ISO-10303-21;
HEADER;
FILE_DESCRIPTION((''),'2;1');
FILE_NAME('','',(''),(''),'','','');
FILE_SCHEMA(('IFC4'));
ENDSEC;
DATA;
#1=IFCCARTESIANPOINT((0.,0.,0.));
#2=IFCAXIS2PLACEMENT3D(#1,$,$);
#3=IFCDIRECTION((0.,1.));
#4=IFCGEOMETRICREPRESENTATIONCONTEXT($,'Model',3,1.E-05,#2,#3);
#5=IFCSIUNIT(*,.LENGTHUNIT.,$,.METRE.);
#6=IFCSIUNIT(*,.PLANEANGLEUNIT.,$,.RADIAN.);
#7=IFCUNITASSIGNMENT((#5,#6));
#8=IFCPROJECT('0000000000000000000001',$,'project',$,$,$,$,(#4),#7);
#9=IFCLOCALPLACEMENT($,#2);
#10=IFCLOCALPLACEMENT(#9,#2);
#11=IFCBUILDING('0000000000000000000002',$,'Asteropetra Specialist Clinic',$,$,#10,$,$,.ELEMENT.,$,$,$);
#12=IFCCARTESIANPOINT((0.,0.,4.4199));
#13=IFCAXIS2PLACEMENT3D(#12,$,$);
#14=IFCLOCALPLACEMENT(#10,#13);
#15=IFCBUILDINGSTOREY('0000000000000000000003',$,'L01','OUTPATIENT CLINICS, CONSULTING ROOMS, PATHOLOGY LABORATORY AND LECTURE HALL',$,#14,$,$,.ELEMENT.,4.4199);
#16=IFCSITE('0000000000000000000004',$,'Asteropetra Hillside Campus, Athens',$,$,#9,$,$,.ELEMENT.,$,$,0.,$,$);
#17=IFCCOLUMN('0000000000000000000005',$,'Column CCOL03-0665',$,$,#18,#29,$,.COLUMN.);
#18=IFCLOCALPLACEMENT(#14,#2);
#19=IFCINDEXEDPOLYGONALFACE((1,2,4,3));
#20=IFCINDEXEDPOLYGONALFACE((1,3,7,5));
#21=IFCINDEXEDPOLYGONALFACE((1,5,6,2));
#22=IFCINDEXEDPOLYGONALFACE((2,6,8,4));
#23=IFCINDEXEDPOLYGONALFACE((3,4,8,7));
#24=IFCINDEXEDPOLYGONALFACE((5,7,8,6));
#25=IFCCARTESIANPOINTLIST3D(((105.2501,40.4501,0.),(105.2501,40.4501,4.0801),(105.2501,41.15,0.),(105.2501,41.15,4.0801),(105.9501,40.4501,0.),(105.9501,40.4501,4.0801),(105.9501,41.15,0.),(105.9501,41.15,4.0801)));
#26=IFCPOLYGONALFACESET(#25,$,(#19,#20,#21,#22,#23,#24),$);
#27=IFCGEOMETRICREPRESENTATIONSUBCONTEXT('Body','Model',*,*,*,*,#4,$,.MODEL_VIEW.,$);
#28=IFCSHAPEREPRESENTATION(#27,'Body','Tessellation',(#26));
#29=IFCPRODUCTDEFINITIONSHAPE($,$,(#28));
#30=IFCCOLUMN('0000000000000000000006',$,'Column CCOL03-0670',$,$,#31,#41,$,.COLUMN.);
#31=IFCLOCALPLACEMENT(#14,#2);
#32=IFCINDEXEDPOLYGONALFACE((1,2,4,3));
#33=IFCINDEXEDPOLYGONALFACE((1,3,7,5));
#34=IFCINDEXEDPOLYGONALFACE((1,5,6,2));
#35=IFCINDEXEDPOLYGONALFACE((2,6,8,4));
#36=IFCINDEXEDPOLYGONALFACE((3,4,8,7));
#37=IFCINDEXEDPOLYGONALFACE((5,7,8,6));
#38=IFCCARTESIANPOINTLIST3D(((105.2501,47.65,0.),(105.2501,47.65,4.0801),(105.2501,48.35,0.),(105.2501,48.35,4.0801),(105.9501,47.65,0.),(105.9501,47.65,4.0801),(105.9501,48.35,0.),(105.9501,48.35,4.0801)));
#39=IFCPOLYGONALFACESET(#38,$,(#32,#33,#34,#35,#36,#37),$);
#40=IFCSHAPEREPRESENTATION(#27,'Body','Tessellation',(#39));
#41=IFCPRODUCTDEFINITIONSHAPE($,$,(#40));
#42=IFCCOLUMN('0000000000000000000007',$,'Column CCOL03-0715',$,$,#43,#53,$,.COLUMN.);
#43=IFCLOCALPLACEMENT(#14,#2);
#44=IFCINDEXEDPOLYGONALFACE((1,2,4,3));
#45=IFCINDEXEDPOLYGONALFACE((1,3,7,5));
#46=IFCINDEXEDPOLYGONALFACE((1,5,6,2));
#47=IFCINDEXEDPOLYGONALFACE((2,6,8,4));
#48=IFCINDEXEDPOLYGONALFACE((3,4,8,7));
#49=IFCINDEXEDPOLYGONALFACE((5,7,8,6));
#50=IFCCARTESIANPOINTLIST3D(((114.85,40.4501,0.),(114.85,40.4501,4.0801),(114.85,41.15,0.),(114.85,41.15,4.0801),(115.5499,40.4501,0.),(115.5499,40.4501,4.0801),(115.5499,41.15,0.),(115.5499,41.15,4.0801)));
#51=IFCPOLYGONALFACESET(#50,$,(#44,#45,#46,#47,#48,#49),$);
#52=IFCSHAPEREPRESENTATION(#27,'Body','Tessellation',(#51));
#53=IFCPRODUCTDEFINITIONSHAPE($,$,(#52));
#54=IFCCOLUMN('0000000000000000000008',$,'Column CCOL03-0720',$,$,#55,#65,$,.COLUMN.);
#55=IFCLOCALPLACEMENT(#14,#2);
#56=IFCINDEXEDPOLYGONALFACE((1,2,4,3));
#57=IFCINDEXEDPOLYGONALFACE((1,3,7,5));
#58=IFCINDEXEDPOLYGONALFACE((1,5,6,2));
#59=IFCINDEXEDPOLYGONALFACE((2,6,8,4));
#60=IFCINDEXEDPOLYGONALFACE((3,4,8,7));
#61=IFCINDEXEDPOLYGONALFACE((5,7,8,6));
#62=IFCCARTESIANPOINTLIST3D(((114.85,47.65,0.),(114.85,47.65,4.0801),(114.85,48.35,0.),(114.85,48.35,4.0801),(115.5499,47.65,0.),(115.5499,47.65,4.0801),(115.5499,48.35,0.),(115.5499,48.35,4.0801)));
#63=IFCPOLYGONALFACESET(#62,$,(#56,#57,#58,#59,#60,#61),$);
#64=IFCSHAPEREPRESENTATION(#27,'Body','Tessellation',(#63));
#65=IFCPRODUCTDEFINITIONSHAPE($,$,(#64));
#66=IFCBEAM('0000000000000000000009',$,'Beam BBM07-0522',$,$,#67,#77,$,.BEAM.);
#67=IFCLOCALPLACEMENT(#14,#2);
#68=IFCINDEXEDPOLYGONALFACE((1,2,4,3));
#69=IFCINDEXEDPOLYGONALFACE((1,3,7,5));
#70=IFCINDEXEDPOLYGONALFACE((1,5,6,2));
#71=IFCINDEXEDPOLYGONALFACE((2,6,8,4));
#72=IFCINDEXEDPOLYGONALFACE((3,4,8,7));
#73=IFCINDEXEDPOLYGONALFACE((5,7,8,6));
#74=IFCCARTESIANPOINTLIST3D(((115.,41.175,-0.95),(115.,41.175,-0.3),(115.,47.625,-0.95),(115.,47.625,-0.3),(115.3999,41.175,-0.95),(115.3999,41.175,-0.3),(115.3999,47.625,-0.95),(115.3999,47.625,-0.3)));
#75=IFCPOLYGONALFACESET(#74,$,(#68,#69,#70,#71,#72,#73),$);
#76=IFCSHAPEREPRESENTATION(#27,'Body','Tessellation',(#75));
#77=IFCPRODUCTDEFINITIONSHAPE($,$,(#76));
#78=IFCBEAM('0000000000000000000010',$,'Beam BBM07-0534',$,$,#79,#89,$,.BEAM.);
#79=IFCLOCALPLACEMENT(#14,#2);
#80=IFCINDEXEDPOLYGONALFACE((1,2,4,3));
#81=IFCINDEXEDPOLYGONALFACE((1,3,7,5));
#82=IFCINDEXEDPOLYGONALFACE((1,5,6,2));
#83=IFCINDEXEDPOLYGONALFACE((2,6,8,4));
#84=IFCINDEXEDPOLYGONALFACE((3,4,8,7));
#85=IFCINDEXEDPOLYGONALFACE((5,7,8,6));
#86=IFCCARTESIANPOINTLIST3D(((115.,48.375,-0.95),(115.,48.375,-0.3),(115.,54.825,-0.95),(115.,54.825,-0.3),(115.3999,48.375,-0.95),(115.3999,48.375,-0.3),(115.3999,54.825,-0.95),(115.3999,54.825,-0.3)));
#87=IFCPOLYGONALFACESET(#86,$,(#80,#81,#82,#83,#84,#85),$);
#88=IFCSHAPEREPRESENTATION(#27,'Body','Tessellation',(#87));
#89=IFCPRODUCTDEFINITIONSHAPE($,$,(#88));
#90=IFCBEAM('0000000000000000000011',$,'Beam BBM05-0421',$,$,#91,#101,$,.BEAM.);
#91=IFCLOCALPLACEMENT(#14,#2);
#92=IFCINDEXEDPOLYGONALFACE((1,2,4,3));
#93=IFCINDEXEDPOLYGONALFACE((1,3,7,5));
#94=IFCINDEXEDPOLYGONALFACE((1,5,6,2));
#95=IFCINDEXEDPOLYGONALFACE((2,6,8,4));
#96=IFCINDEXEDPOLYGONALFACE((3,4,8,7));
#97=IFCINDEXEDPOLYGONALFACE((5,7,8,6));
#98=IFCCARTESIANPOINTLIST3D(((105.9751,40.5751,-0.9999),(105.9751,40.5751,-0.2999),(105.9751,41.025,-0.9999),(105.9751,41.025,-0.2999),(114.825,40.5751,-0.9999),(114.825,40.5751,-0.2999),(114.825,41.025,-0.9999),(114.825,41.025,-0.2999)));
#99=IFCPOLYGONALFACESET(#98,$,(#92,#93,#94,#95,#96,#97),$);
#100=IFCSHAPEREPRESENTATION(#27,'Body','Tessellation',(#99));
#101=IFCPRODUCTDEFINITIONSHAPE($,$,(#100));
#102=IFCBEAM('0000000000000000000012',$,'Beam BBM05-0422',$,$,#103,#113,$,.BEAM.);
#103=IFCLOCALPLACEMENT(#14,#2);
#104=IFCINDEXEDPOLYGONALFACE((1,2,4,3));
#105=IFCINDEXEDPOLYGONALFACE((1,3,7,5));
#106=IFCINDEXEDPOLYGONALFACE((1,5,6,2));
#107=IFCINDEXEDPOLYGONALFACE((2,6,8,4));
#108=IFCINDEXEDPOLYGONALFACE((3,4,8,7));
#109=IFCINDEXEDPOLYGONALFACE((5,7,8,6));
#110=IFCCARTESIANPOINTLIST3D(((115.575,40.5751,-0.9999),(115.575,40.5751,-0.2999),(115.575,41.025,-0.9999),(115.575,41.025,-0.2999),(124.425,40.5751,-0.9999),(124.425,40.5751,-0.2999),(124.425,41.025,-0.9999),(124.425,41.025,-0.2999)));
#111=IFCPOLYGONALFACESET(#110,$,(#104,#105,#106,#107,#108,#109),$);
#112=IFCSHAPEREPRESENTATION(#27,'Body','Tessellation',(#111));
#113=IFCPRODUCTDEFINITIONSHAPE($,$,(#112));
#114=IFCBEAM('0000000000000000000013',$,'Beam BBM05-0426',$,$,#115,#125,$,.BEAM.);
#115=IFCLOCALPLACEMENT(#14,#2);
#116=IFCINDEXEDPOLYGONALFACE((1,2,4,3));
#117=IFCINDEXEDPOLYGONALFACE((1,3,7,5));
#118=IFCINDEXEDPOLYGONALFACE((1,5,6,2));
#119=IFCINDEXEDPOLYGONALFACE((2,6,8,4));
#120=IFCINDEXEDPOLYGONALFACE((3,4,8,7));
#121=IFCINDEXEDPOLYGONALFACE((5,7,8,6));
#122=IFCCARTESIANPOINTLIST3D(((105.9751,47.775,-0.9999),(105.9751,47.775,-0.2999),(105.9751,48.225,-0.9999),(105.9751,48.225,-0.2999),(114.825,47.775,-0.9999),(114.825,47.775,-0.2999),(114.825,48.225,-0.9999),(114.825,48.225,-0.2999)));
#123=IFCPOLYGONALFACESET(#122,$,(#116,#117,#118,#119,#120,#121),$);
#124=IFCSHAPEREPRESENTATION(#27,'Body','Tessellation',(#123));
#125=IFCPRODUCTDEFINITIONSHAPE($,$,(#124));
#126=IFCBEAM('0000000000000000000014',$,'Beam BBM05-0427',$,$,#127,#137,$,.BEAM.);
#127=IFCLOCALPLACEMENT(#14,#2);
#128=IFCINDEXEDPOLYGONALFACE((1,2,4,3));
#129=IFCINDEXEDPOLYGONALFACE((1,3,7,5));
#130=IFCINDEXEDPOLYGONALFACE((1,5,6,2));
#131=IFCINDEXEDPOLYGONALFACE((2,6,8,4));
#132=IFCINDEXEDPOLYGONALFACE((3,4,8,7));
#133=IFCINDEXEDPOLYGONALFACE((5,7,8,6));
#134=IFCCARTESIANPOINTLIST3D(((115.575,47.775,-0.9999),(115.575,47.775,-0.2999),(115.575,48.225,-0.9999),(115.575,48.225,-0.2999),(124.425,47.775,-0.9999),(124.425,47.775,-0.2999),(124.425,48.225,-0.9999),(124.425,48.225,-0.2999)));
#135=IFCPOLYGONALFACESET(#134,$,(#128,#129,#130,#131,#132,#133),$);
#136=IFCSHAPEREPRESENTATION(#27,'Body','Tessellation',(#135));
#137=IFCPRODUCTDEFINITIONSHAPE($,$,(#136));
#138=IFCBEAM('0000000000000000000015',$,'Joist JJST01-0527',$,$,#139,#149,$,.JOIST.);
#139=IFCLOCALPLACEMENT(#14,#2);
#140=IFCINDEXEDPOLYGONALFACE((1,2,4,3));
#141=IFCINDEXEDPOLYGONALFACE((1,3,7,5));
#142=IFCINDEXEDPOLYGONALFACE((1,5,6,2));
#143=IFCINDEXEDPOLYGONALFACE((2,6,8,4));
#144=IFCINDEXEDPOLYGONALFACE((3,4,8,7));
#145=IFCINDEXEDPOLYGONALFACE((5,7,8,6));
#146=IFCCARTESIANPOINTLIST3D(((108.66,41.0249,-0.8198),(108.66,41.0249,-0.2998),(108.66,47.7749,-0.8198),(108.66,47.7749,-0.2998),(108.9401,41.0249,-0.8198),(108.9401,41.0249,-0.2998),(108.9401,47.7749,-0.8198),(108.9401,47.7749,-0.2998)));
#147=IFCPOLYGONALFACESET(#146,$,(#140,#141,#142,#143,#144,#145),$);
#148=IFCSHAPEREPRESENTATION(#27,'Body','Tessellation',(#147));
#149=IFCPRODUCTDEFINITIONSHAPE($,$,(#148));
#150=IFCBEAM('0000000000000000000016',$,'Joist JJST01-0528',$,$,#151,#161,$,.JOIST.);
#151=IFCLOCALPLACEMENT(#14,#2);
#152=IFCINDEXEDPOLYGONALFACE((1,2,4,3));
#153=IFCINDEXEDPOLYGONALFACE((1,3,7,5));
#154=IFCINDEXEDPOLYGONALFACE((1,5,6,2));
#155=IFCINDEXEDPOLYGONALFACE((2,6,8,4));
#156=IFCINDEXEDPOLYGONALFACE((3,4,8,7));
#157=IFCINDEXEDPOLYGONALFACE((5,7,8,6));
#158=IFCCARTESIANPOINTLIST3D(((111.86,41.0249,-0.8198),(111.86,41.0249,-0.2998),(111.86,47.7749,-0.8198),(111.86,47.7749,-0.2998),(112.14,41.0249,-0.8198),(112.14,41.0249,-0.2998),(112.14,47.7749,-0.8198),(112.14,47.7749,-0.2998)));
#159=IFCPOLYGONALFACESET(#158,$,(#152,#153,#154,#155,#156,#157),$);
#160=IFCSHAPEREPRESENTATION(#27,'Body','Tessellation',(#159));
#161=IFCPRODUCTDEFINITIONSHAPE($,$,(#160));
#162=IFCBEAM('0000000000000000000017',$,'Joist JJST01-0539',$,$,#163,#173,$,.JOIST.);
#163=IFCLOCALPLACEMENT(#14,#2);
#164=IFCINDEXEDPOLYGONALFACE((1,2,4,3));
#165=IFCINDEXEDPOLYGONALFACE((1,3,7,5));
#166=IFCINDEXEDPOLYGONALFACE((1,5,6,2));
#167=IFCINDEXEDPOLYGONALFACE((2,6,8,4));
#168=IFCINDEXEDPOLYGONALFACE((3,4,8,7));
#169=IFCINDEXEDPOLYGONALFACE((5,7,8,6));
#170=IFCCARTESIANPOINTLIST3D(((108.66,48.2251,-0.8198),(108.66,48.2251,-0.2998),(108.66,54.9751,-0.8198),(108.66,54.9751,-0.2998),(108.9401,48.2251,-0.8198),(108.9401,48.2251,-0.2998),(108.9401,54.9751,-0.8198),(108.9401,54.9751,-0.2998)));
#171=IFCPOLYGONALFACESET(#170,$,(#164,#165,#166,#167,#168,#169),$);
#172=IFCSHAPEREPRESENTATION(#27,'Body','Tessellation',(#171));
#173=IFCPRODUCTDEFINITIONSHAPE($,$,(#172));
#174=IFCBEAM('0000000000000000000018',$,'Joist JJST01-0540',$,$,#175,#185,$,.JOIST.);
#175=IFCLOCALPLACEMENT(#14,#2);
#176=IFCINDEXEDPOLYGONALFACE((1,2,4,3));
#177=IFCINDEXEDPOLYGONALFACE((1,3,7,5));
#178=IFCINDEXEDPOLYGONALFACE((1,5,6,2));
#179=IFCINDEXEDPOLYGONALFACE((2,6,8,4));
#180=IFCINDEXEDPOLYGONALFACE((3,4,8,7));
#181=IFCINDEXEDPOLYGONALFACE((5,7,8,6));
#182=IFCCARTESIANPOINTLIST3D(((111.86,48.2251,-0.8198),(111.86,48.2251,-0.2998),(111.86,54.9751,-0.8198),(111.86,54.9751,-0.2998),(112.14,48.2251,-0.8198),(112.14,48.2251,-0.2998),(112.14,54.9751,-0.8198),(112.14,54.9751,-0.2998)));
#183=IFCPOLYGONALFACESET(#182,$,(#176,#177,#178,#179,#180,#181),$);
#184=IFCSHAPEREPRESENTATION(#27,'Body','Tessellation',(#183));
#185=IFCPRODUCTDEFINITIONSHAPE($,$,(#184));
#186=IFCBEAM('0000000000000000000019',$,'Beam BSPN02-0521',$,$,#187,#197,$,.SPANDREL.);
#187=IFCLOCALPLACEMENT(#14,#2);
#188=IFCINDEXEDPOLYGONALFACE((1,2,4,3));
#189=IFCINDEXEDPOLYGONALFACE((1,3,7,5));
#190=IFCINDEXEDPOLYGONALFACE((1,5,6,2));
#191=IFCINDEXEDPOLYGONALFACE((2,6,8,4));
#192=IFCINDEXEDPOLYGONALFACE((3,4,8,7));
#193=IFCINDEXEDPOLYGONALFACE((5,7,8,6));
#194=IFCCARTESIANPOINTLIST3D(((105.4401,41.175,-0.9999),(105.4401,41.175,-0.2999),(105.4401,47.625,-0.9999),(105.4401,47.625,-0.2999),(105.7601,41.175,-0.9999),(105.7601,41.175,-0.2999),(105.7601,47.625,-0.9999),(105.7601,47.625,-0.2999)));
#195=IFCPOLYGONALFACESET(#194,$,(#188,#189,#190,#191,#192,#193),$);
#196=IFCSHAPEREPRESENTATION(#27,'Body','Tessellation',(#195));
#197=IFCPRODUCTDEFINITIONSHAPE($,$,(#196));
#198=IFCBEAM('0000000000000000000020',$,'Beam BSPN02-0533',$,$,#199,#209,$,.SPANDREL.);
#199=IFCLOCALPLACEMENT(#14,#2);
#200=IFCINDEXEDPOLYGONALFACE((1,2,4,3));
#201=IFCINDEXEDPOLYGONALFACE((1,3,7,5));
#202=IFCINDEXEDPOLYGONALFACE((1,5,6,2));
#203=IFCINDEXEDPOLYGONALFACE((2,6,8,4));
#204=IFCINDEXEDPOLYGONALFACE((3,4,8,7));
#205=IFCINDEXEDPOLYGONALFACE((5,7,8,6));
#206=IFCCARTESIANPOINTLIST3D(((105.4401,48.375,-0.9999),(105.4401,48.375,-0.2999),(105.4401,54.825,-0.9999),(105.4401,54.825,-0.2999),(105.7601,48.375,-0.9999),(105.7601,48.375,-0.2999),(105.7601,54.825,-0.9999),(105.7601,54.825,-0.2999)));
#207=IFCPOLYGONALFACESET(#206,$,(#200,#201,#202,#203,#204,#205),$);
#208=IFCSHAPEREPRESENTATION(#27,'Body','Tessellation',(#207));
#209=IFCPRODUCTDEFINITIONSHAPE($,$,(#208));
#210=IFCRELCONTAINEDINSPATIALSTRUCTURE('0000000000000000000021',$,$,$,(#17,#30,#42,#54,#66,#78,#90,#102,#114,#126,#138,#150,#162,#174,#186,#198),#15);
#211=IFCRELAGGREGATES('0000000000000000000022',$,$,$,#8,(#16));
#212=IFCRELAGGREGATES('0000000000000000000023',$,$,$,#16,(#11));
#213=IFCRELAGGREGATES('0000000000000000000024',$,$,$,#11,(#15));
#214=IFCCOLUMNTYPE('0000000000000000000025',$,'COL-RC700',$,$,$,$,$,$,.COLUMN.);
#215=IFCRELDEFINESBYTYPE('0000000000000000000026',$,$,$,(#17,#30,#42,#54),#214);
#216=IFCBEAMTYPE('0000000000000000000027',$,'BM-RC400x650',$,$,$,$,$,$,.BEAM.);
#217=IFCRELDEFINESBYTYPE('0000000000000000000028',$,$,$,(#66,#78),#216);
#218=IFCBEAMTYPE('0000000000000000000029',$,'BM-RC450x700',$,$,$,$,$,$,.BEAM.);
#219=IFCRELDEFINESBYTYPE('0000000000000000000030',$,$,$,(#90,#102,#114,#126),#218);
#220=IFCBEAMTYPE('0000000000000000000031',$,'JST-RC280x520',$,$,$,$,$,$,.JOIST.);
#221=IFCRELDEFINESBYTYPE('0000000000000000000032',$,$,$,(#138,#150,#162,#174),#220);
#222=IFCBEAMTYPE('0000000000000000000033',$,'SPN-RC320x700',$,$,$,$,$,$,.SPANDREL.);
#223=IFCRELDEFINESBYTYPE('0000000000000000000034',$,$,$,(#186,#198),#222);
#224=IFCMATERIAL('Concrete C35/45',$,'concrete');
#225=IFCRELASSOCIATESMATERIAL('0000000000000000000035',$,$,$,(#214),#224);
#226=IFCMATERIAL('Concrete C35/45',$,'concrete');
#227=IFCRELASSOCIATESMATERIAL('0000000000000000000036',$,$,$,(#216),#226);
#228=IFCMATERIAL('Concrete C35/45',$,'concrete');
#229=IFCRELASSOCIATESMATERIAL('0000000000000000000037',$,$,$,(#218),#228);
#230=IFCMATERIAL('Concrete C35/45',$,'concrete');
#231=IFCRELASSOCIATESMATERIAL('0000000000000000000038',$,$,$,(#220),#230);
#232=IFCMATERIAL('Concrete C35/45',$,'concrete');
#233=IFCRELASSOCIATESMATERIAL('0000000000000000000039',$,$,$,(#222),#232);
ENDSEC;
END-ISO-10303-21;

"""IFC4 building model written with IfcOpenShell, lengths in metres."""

from ifc_helpers import new_model, si_unit, direction, frame, origin, origin_2d, place, context, subcontext, project, spatial, rectangle, extrude, material, material_profile, profile_set, type_object, element, save


model = new_model("IFC4")

# Units and contexts
model_context = context("Model", 3, precision=1e-05, world=origin(), true_north=direction((0.0, 1.0)))
body_context = subcontext(model_context, "Body", "Model", "MODEL_VIEW")
ifc_project = project(units=[si_unit("LENGTHUNIT", "METRE"), si_unit("PLANEANGLEUNIT", "RADIAN")], contexts=[model_context])

# Site, building, storey
site_placement = place(None, origin())
site = spatial("IfcSite", under=ifc_project, at=site_placement, Name="Asteropetra Hillside Campus, Athens", CompositionType="ELEMENT", RefElevation=0.0)
building_placement = place(site_placement, origin())
building = spatial("IfcBuilding", under=site, at=building_placement, Name="Asteropetra Specialist Clinic", CompositionType="ELEMENT")
storey_placement = place(building_placement, frame((0.0, 0.0, 4.4199)))
storey = spatial("IfcBuildingStorey", under=building, at=storey_placement, Name="L01", Description="OUTPATIENT CLINICS, CONSULTING ROOMS, PATHOLOGY LABORATORY AND LECTURE HALL", CompositionType="ELEMENT", Elevation=4.4199)

# Columns
ifc_material_1 = material(Name="Concrete C35/45", Category="concrete")
ifc_material_profile_1 = material_profile(ifc_material_1, rectangle(XDim=0.7, YDim=0.7, at=origin_2d()), Name="RC 700x700")
ifc_profile_set_1 = profile_set([ifc_material_profile_1], Name="Concrete C35/45")
column_type = type_object("IfcColumnType", Name="COL-RC700", PredefinedType="COLUMN", material=ifc_profile_set_1)
for number, where, z_axis, x_axis, name in (
    (1, (105.6001, 40.8, 0.0), (0.0, 0.0, 1.0), (1.0, 0.0, 0.0), "Column CCOL03-0665"),
    (2, (105.6001, 48.0, 0.0), (0.0, 0.0, 1.0), (1.0, 0.0, 0.0), "Column CCOL03-0670"),
    (3, (115.2, 40.8, 0.0), (0.0, 0.0, 1.0), (1.0, 0.0, 0.0), "Column CCOL03-0715"),
    (4, (115.2, 48.0, 0.0), (0.0, 0.0, 1.0), (1.0, 0.0, 0.0), "Column CCOL03-0720"),
):
    element("IfcColumn", number, at=place(storey_placement, frame(where, z_axis=z_axis, x_axis=x_axis)), inside=storey, type_object=column_type, Name=name, PredefinedType="COLUMN", context=body_context, shape_type="SweptSolid", body=[
        extrude(rectangle(XDim=0.7, YDim=0.7, at=origin_2d()), origin(), (0.0, 0.0, 1.0), 4.0801),
    ])

# Beams
ifc_material_2 = material(Name="Concrete C35/45", Category="concrete")
ifc_material_profile_2 = material_profile(ifc_material_2, rectangle(XDim=0.3999, YDim=0.6499, at=origin_2d()), Name="RCB 400x650")
ifc_profile_set_2 = profile_set([ifc_material_profile_2], Name="Concrete C35/45")
beam_type_1 = type_object("IfcBeamType", Name="BM-RC400x650", PredefinedType="BEAM", material=ifc_profile_set_2)
for number, where, z_axis, x_axis, name in (
    (5, (115.2, 41.175, -0.625), (0.0, 1.0, 0.0), (-1.0, 0.0, 0.0), "Beam BBM07-0522"),
    (6, (115.2, 48.375, -0.625), (0.0, 1.0, 0.0), (-1.0, 0.0, 0.0), "Beam BBM07-0534"),
):
    element("IfcBeam", number, at=place(storey_placement, frame(where, z_axis=z_axis, x_axis=x_axis)), inside=storey, type_object=beam_type_1, Name=name, PredefinedType="BEAM", context=body_context, shape_type="SweptSolid", body=[
        extrude(rectangle(XDim=0.3999, YDim=0.6499, at=origin_2d()), origin(), (0.0, 0.0, 1.0), 6.45),
    ])
ifc_material_3 = material(Name="Concrete C35/45", Category="concrete")
ifc_material_profile_3 = material_profile(ifc_material_3, rectangle(XDim=0.45, YDim=0.7, at=origin_2d()), Name="RCB 450x700")
ifc_profile_set_3 = profile_set([ifc_material_profile_3], Name="Concrete C35/45")
beam_type_2 = type_object("IfcBeamType", Name="BM-RC450x700", PredefinedType="BEAM", material=ifc_profile_set_3)
beam_1_placement = place(storey_placement, frame((105.9751, 40.8, -0.6499), z_axis=(1.0, 0.0, 0.0), x_axis=(0.0, 1.0, 0.0)))
element("IfcBeam", 7, at=beam_1_placement, inside=storey, type_object=beam_type_2, Name="Beam BBM05-0421", PredefinedType="BEAM", context=body_context, shape_type="SweptSolid", body=[
    extrude(rectangle(XDim=0.45, YDim=0.7, at=origin_2d()), origin(), (0.0, 0.0, 1.0), 8.8499),
])
beam_2_placement = place(storey_placement, frame((115.575, 40.8, -0.6499), z_axis=(1.0, 0.0, 0.0), x_axis=(0.0, 1.0, 0.0)))
element("IfcBeam", 8, at=beam_2_placement, inside=storey, type_object=beam_type_2, Name="Beam BBM05-0422", PredefinedType="BEAM", context=body_context, shape_type="SweptSolid", body=[
    extrude(rectangle(XDim=0.45, YDim=0.7, at=origin_2d()), origin(), (0.0, 0.0, 1.0), 8.8501),
])
beam_3_placement = place(storey_placement, frame((105.9751, 48.0, -0.6499), z_axis=(1.0, 0.0, 0.0), x_axis=(0.0, 1.0, 0.0)))
element("IfcBeam", 9, at=beam_3_placement, inside=storey, type_object=beam_type_2, Name="Beam BBM05-0426", PredefinedType="BEAM", context=body_context, shape_type="SweptSolid", body=[
    extrude(rectangle(XDim=0.45, YDim=0.7, at=origin_2d()), origin(), (0.0, 0.0, 1.0), 8.8499),
])
beam_4_placement = place(storey_placement, frame((115.575, 48.0, -0.6499), z_axis=(1.0, 0.0, 0.0), x_axis=(0.0, 1.0, 0.0)))
element("IfcBeam", 10, at=beam_4_placement, inside=storey, type_object=beam_type_2, Name="Beam BBM05-0427", PredefinedType="BEAM", context=body_context, shape_type="SweptSolid", body=[
    extrude(rectangle(XDim=0.45, YDim=0.7, at=origin_2d()), origin(), (0.0, 0.0, 1.0), 8.8501),
])
ifc_material_4 = material(Name="Concrete C35/45", Category="concrete")
ifc_material_profile_4 = material_profile(ifc_material_4, rectangle(XDim=0.28, YDim=0.52, at=origin_2d()), Name="RCJ 280x520")
ifc_profile_set_4 = profile_set([ifc_material_profile_4], Name="Concrete C35/45")
beam_type_3 = type_object("IfcBeamType", Name="JST-RC280x520", PredefinedType="JOIST", material=ifc_profile_set_4)
for number, where, z_axis, x_axis, name in (
    (11, (108.8, 41.0249, -0.5598), (0.0, 1.0, 0.0), (-1.0, 0.0, 0.0), "Joist JJST01-0527"),
    (12, (112.0, 41.0249, -0.5598), (0.0, 1.0, 0.0), (-1.0, 0.0, 0.0), "Joist JJST01-0528"),
    (13, (108.8, 48.2251, -0.5598), (0.0, 1.0, 0.0), (-1.0, 0.0, 0.0), "Joist JJST01-0539"),
    (14, (112.0, 48.2251, -0.5598), (0.0, 1.0, 0.0), (-1.0, 0.0, 0.0), "Joist JJST01-0540"),
):
    element("IfcBeam", number, at=place(storey_placement, frame(where, z_axis=z_axis, x_axis=x_axis)), inside=storey, type_object=beam_type_3, Name=name, PredefinedType="JOIST", context=body_context, shape_type="SweptSolid", body=[
        extrude(rectangle(XDim=0.28, YDim=0.52, at=origin_2d()), origin(), (0.0, 0.0, 1.0), 6.75),
    ])
ifc_material_5 = material(Name="Concrete C35/45", Category="concrete")
ifc_material_profile_5 = material_profile(ifc_material_5, rectangle(XDim=0.3201, YDim=0.7, at=origin_2d()), Name="RCS 320x700")
ifc_profile_set_5 = profile_set([ifc_material_profile_5], Name="Concrete C35/45")
beam_type_4 = type_object("IfcBeamType", Name="SPN-RC320x700", PredefinedType="SPANDREL", material=ifc_profile_set_5)
for number, where, z_axis, x_axis, name in (
    (15, (105.6001, 41.175, -0.6499), (0.0, 1.0, 0.0), (-1.0, 0.0, 0.0), "Beam BSPN02-0521"),
    (16, (105.6001, 48.375, -0.6499), (0.0, 1.0, 0.0), (-1.0, 0.0, 0.0), "Beam BSPN02-0533"),
):
    element("IfcBeam", number, at=place(storey_placement, frame(where, z_axis=z_axis, x_axis=x_axis)), inside=storey, type_object=beam_type_4, Name=name, PredefinedType="SPANDREL", context=body_context, shape_type="SweptSolid", body=[
        extrude(rectangle(XDim=0.3201, YDim=0.7, at=origin_2d()), origin(), (0.0, 0.0, 1.0), 6.45),
    ])

save(model, "model.ifc")
